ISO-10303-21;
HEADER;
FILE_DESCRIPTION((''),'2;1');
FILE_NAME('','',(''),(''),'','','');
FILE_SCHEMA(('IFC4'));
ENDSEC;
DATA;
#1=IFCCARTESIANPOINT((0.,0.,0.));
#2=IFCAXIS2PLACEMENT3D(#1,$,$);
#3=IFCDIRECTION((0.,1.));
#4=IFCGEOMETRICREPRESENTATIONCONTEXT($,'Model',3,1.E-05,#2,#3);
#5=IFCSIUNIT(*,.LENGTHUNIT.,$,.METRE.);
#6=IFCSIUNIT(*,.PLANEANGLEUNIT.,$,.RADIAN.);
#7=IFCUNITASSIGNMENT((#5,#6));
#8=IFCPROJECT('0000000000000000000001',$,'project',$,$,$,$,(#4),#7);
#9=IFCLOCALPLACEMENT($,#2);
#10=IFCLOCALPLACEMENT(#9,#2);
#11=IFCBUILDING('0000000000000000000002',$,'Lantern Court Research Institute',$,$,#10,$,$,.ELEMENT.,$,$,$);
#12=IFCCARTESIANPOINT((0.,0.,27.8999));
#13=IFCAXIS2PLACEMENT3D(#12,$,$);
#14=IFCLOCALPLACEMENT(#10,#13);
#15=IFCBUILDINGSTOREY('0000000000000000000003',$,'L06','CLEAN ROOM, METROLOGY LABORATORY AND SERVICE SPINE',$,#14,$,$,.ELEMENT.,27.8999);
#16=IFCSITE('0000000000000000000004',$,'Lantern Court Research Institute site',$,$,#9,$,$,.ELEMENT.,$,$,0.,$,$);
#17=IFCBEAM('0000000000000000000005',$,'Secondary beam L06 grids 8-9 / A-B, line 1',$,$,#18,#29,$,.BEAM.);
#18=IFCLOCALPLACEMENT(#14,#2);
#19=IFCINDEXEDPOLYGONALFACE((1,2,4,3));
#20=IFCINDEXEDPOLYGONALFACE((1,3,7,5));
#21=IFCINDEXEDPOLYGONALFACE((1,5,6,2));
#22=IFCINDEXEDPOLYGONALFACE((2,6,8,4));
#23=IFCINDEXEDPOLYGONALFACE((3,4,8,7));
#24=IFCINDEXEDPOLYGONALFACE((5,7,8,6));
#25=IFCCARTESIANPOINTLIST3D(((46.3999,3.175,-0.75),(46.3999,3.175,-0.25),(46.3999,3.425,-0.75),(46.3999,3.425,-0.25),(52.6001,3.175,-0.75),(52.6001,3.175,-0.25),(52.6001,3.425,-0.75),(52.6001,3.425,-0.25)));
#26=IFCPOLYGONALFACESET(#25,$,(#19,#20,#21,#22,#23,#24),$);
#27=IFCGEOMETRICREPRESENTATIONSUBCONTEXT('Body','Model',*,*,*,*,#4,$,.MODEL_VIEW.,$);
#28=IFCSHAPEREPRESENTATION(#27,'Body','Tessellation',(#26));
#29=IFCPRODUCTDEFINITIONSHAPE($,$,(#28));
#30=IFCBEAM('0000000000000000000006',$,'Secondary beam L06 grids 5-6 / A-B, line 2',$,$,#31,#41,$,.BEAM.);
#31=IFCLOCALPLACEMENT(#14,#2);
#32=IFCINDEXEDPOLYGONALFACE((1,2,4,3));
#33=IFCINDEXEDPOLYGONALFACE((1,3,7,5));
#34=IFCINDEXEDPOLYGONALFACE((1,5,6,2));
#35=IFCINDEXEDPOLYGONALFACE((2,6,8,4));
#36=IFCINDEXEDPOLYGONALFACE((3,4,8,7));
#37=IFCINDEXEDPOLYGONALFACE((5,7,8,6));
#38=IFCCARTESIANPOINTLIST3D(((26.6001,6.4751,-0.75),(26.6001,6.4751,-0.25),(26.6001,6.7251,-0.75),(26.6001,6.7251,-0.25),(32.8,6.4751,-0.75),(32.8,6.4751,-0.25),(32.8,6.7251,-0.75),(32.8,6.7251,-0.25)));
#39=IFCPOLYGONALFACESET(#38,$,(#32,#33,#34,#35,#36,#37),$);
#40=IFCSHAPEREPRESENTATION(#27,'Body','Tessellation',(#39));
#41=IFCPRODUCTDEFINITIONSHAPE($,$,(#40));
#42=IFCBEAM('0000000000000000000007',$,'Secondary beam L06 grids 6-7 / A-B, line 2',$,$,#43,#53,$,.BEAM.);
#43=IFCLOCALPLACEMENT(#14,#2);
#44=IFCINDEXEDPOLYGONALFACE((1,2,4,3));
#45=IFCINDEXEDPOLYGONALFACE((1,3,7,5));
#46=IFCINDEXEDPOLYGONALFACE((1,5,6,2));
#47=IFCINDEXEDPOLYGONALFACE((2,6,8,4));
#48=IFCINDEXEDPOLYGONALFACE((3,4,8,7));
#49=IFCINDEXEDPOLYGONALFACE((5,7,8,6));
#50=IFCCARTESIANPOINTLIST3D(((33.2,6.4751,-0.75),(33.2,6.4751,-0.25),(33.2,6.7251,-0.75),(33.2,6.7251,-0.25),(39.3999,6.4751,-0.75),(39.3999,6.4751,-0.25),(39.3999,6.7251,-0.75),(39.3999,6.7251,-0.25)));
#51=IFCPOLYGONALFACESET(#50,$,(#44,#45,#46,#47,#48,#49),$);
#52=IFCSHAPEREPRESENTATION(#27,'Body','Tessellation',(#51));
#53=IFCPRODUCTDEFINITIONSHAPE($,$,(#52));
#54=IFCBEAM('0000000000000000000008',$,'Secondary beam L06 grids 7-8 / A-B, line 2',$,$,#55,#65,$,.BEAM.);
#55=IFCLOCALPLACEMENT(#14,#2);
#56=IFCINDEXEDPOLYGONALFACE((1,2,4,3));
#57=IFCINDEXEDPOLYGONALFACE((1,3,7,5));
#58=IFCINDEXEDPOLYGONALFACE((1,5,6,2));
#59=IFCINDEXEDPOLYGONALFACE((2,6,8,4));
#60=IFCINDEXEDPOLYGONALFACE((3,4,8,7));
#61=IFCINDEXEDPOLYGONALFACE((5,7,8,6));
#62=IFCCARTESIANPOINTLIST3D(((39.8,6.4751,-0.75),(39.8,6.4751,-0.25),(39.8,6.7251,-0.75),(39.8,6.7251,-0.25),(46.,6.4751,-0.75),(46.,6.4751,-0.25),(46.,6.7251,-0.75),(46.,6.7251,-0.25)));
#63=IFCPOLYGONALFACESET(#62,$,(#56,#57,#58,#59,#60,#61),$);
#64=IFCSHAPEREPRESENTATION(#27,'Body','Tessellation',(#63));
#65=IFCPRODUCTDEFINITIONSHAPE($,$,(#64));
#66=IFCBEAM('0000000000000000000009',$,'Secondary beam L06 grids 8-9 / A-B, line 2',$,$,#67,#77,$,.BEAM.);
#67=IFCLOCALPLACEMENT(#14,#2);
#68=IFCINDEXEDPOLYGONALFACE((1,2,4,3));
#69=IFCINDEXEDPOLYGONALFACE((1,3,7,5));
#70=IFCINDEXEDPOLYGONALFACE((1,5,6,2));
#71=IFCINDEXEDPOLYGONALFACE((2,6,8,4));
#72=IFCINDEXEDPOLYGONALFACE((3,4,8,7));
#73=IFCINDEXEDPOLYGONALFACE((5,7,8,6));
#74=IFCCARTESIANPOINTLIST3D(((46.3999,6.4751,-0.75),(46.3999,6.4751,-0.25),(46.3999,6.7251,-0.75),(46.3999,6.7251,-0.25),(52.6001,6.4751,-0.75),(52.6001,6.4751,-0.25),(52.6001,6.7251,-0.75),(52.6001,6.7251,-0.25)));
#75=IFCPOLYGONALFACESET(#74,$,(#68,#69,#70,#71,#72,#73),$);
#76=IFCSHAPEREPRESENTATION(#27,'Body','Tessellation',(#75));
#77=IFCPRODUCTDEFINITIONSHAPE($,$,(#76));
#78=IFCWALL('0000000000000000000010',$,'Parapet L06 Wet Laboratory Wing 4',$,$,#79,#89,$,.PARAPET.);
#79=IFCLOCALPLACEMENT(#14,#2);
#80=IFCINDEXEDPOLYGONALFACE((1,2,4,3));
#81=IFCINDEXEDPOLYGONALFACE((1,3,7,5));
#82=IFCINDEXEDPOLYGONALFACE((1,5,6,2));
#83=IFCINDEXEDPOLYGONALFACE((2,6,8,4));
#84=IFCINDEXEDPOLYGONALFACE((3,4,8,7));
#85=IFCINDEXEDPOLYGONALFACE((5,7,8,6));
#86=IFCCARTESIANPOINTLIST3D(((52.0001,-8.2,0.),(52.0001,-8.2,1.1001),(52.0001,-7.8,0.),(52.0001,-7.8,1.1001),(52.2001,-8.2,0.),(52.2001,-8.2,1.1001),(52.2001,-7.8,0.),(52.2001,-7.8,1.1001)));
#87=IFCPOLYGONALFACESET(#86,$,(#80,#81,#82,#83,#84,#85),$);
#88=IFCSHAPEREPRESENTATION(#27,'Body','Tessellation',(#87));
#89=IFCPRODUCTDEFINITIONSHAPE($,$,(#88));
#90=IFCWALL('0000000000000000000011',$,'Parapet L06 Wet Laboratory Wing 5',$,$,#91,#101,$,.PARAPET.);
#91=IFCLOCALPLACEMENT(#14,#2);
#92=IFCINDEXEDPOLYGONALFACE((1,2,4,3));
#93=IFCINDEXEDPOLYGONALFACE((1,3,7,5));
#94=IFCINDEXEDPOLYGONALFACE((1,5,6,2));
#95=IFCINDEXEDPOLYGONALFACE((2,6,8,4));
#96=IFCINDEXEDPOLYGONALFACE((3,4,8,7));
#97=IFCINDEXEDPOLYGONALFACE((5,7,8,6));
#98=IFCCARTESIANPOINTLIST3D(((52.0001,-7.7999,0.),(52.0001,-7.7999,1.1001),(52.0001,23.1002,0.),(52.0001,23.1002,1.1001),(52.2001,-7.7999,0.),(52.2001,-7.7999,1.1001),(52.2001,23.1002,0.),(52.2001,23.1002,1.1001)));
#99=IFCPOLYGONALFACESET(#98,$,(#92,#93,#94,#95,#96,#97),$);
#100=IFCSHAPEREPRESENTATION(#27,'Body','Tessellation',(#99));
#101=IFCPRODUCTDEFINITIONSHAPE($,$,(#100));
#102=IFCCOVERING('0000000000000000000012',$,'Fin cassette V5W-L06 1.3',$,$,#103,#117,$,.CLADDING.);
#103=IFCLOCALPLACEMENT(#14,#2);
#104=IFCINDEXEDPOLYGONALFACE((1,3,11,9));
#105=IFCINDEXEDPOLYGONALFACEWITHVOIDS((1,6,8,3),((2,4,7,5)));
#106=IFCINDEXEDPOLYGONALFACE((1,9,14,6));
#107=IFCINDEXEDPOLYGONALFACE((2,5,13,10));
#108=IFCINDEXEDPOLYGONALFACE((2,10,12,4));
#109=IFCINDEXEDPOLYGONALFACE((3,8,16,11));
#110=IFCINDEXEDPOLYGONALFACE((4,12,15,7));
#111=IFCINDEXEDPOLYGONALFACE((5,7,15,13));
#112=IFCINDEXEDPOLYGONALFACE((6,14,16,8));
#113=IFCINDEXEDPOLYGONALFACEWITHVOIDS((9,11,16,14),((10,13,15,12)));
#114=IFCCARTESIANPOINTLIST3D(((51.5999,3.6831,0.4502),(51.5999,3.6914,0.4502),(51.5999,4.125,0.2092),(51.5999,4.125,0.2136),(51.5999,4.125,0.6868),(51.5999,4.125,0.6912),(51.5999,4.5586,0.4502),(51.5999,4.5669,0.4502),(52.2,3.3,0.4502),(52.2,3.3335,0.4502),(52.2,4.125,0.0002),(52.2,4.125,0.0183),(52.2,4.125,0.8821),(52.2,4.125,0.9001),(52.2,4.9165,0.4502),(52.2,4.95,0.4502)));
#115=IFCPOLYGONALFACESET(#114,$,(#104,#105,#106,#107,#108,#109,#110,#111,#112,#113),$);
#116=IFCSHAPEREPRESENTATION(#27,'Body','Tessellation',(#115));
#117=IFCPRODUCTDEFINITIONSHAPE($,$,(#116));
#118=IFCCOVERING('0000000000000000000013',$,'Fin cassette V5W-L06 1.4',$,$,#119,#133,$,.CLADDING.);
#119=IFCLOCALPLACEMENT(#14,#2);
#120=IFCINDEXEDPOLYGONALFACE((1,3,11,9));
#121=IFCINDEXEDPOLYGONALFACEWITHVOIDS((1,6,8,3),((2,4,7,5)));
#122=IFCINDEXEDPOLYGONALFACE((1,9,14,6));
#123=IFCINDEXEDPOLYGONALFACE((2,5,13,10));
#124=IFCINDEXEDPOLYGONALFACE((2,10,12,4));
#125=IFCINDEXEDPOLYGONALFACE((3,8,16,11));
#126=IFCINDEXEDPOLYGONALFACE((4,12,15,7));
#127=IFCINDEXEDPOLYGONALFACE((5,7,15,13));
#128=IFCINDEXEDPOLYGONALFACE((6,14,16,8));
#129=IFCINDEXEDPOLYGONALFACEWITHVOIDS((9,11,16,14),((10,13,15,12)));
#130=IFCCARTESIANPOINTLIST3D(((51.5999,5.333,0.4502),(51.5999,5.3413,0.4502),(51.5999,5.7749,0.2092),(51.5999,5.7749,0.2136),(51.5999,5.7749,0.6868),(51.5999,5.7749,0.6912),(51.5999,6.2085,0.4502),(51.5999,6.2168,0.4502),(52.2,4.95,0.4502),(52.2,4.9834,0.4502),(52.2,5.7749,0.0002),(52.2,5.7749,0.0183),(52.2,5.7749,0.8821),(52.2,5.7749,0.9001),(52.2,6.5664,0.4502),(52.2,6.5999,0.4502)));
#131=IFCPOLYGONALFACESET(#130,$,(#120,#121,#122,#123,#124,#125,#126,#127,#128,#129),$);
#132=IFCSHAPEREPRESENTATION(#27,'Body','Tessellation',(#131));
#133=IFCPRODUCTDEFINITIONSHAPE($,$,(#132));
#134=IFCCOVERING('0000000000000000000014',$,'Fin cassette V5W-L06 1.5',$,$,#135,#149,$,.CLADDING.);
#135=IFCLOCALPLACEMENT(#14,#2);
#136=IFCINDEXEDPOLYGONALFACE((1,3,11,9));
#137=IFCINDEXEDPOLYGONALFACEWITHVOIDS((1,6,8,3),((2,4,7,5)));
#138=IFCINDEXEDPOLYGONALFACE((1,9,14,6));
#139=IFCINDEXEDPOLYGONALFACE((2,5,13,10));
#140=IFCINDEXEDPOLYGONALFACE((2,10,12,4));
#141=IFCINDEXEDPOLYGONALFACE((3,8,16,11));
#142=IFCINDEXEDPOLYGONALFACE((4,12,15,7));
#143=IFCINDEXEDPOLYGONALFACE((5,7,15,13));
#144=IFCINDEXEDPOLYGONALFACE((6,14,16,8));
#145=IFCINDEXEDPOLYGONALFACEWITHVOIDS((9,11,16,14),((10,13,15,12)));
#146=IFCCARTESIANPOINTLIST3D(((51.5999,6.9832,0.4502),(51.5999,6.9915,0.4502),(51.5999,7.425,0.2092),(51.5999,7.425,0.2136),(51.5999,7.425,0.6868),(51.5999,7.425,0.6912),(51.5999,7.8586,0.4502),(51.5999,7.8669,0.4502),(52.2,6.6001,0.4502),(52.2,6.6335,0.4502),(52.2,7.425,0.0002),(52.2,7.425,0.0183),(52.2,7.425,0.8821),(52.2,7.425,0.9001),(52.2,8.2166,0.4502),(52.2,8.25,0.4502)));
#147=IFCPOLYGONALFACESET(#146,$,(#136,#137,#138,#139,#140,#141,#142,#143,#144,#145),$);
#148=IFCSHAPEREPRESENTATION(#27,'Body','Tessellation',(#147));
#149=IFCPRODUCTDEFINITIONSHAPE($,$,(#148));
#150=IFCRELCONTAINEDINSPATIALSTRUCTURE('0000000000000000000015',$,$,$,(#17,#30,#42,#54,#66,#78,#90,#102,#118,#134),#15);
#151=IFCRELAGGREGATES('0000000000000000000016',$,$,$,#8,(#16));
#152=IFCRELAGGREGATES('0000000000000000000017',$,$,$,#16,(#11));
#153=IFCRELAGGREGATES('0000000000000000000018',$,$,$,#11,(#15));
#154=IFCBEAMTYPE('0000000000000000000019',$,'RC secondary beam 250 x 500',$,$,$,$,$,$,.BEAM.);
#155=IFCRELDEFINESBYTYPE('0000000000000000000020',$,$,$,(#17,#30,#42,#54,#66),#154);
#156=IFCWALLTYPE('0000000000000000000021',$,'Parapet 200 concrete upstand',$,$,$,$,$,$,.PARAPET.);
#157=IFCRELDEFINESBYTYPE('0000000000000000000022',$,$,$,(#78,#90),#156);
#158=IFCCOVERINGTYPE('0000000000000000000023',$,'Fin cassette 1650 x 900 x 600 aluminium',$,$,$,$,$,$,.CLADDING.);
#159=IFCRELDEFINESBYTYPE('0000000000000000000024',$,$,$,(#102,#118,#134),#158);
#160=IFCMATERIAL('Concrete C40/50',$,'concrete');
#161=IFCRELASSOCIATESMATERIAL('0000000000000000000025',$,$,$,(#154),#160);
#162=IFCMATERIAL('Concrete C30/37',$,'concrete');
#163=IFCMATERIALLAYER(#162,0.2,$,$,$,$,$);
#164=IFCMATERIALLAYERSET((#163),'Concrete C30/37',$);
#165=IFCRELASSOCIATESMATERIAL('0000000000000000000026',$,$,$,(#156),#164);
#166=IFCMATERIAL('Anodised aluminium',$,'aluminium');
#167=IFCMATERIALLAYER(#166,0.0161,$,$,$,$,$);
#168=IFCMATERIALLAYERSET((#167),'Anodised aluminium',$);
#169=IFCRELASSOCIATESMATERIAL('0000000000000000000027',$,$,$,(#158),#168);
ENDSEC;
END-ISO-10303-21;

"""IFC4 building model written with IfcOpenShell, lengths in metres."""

from ifc_helpers import new_model, entity, si_unit, direction, frame, frame_2d, origin, origin_2d, place, context, subcontext, project, spatial, rectangle, extrude, material, layer, layer_set, material_profile, profile_set, type_object, element, save


model = new_model("IFC4")

# Units and contexts
model_context = context("Model", 3, precision=1e-05, world=origin(), true_north=direction((0.0, 1.0)))
body_context = subcontext(model_context, "Body", "Model", "MODEL_VIEW")
ifc_project = project(units=[si_unit("LENGTHUNIT", "METRE"), si_unit("PLANEANGLEUNIT", "RADIAN")], contexts=[model_context])

# Site, building, storey
site_placement = place(None, origin())
site = spatial("IfcSite", under=ifc_project, at=site_placement, Name="Lantern Court Research Institute site", CompositionType="ELEMENT", RefElevation=0.0)
building_placement = place(site_placement, origin())
building = spatial("IfcBuilding", under=site, at=building_placement, Name="Lantern Court Research Institute", CompositionType="ELEMENT")
storey_placement = place(building_placement, frame((0.0, 0.0, 27.8999)))
storey = spatial("IfcBuildingStorey", under=building, at=storey_placement, Name="L06", Description="CLEAN ROOM, METROLOGY LABORATORY AND SERVICE SPINE", CompositionType="ELEMENT", Elevation=27.8999)

# Beams
ifc_material_1 = material(Name="Concrete C40/50", Category="concrete")
ifc_material_profile = material_profile(ifc_material_1, rectangle(XDim=0.25, YDim=0.5, at=origin_2d()), Name="RC beam 250 x 500")
ifc_profile_set = profile_set([ifc_material_profile], Name="Concrete C40/50")
beam_type = type_object("IfcBeamType", Name="RC secondary beam 250 x 500", PredefinedType="BEAM", material=ifc_profile_set)
beam_1_placement = place(storey_placement, frame((46.3999, 3.3, -0.5), z_axis=(1.0, 0.0, 0.0), x_axis=(0.0, 1.0, 0.0)))
element("IfcBeam", 1, at=beam_1_placement, inside=storey, type_object=beam_type, Name="Secondary beam L06 grids 8-9 / A-B, line 1", PredefinedType="BEAM", context=body_context, shape_type="SweptSolid", body=[
    extrude(rectangle(XDim=0.25, YDim=0.5, at=origin_2d()), origin(), (0.0, 0.0, 1.0), 6.2002),
])
for number, where, z_axis, x_axis, name in (
    (2, (26.6001, 6.6001, -0.5), (1.0, 0.0, 0.0), (0.0, 1.0, 0.0), "Secondary beam L06 grids 5-6 / A-B, line 2"),
    (3, (33.2, 6.6001, -0.5), (1.0, 0.0, 0.0), (0.0, 1.0, 0.0), "Secondary beam L06 grids 6-7 / A-B, line 2"),
    (4, (39.8, 6.6001, -0.5), (1.0, 0.0, 0.0), (0.0, 1.0, 0.0), "Secondary beam L06 grids 7-8 / A-B, line 2"),
):
    element("IfcBeam", number, at=place(storey_placement, frame(where, z_axis=z_axis, x_axis=x_axis)), inside=storey, type_object=beam_type, Name=name, PredefinedType="BEAM", context=body_context, shape_type="SweptSolid", body=[
        extrude(rectangle(XDim=0.25, YDim=0.5, at=origin_2d()), origin(), (0.0, 0.0, 1.0), 6.2),
    ])
beam_2_placement = place(storey_placement, frame((46.3999, 6.6001, -0.5), z_axis=(1.0, 0.0, 0.0), x_axis=(0.0, 1.0, 0.0)))
element("IfcBeam", 5, at=beam_2_placement, inside=storey, type_object=beam_type, Name="Secondary beam L06 grids 8-9 / A-B, line 2", PredefinedType="BEAM", context=body_context, shape_type="SweptSolid", body=[
    extrude(rectangle(XDim=0.25, YDim=0.5, at=origin_2d()), origin(), (0.0, 0.0, 1.0), 6.2002),
])

# Walls
ifc_material_2 = material(Name="Concrete C30/37", Category="concrete")
ifc_layer_1 = layer(ifc_material_2, 0.2)
ifc_layer_set_1 = layer_set([ifc_layer_1], Name="Concrete C30/37")
wall_type = type_object("IfcWallType", Name="Parapet 200 concrete upstand", PredefinedType="PARAPET", material=ifc_layer_set_1)
wall_1_placement = place(storey_placement, frame((52.1001, -8.2, 0.0), z_axis=(0.0, 0.0, 1.0), x_axis=(0.0, 1.0, 0.0)))
element("IfcWall", 6, at=wall_1_placement, inside=storey, type_object=wall_type, Name="Parapet L06 Wet Laboratory Wing 4", PredefinedType="PARAPET", context=body_context, shape_type="SweptSolid", body=[
    extrude(rectangle(XDim=0.3999, YDim=0.2, at=frame_2d((0.2, 0.0))), origin(), (0.0, 0.0, 1.0), 1.1001),
])
wall_2_placement = place(storey_placement, frame((52.1001, -7.8, 0.0), z_axis=(0.0, 0.0, 1.0), x_axis=(0.0, 1.0, 0.0)))
element("IfcWall", 7, at=wall_2_placement, inside=storey, type_object=wall_type, Name="Parapet L06 Wet Laboratory Wing 5", PredefinedType="PARAPET", context=body_context, shape_type="SweptSolid", body=[
    extrude(rectangle(XDim=30.9001, YDim=0.2, at=frame_2d((15.4502, 0.0))), origin(), (0.0, 0.0, 1.0), 1.1001),
])

# Coverings
ifc_material_3 = material(Name="Anodised aluminium", Category="aluminium")
ifc_layer_2 = layer(ifc_material_3, 0.0161)
ifc_layer_set_2 = layer_set([ifc_layer_2], Name="Anodised aluminium")
covering_type_1 = type_object("IfcCoveringType", Name="Fin cassette 1650 x 900 x 600 aluminium", PredefinedType="CLADDING", material=ifc_layer_set_2)
covering_1_placement = place(storey_placement, frame((52.2, 4.125, 0.4502), z_axis=(-1.0, 0.0, 0.0), x_axis=(0.0, -1.0, 0.0)))
cartesian_point_1 = entity("IfcCartesianPoint", [0.825, 0.0])
cartesian_point_2 = entity("IfcCartesianPoint", [0.7915, 0.0])
cartesian_point_3 = entity("IfcCartesianPoint", [0.4419, 0.0])
cartesian_point_4 = entity("IfcCartesianPoint", [0.4336, 0.0])
element("IfcCovering", 8, at=covering_1_placement, inside=storey, type_object=covering_type_1, Name="Fin cassette V5W-L06 1.3", PredefinedType="CLADDING", context=body_context, shape_type="SweptSolid", body=[
    entity("IfcExtrudedAreaSolidTapered", entity("IfcArbitraryProfileDefWithVoids", "AREA", None, entity("IfcPolyline", [cartesian_point_1, entity("IfcCartesianPoint", [0.0, 0.45]), entity("IfcCartesianPoint", [-0.825, 0.0]), entity("IfcCartesianPoint", [0.0, -0.45]), cartesian_point_1]), [entity("IfcPolyline", [cartesian_point_2, entity("IfcCartesianPoint", [0.0, 0.4319]), entity("IfcCartesianPoint", [-0.7915, 0.0]), entity("IfcCartesianPoint", [0.0, -0.4319]), cartesian_point_2])]), entity("IfcAxis2Placement3D", entity("IfcCartesianPoint", [0.0, 0.0, 0.0])), entity("IfcDirection", [0.0, 0.0, 1.0]), 0.6001, entity("IfcArbitraryProfileDefWithVoids", "AREA", None, entity("IfcPolyline", [cartesian_point_3, entity("IfcCartesianPoint", [0.0, 0.241]), entity("IfcCartesianPoint", [-0.4419, 0.0]), entity("IfcCartesianPoint", [0.0, -0.241]), cartesian_point_3]), [entity("IfcPolyline", [cartesian_point_4, entity("IfcCartesianPoint", [0.0, 0.2366]), entity("IfcCartesianPoint", [-0.4336, 0.0]), entity("IfcCartesianPoint", [0.0, -0.2366]), cartesian_point_4])])),
])
covering_2_placement = place(storey_placement, frame((52.2, 5.7749, 0.4502), z_axis=(-1.0, 0.0, 0.0), x_axis=(0.0, -1.0, 0.0)))
cartesian_point_5 = entity("IfcCartesianPoint", [0.825, 0.0])
cartesian_point_6 = entity("IfcCartesianPoint", [0.7915, 0.0])
cartesian_point_7 = entity("IfcCartesianPoint", [0.4419, 0.0])
cartesian_point_8 = entity("IfcCartesianPoint", [0.4336, 0.0])
element("IfcCovering", 9, at=covering_2_placement, inside=storey, type_object=covering_type_1, Name="Fin cassette V5W-L06 1.4", PredefinedType="CLADDING", context=body_context, shape_type="SweptSolid", body=[
    entity("IfcExtrudedAreaSolidTapered", entity("IfcArbitraryProfileDefWithVoids", "AREA", None, entity("IfcPolyline", [cartesian_point_5, entity("IfcCartesianPoint", [0.0, 0.45]), entity("IfcCartesianPoint", [-0.825, 0.0]), entity("IfcCartesianPoint", [0.0, -0.45]), cartesian_point_5]), [entity("IfcPolyline", [cartesian_point_6, entity("IfcCartesianPoint", [0.0, 0.4319]), entity("IfcCartesianPoint", [-0.7915, 0.0]), entity("IfcCartesianPoint", [0.0, -0.4319]), cartesian_point_6])]), entity("IfcAxis2Placement3D", entity("IfcCartesianPoint", [0.0, 0.0, 0.0])), entity("IfcDirection", [0.0, 0.0, 1.0]), 0.6001, entity("IfcArbitraryProfileDefWithVoids", "AREA", None, entity("IfcPolyline", [cartesian_point_7, entity("IfcCartesianPoint", [0.0, 0.241]), entity("IfcCartesianPoint", [-0.4419, 0.0]), entity("IfcCartesianPoint", [0.0, -0.241]), cartesian_point_7]), [entity("IfcPolyline", [cartesian_point_8, entity("IfcCartesianPoint", [0.0, 0.2366]), entity("IfcCartesianPoint", [-0.4336, 0.0]), entity("IfcCartesianPoint", [0.0, -0.2366]), cartesian_point_8])])),
])
covering_3_placement = place(storey_placement, frame((52.2, 7.425, 0.4502), z_axis=(-1.0, 0.0, 0.0), x_axis=(0.0, -1.0, 0.0)))
cartesian_point_9 = entity("IfcCartesianPoint", [0.825, 0.0])
cartesian_point_10 = entity("IfcCartesianPoint", [0.7915, 0.0])
cartesian_point_11 = entity("IfcCartesianPoint", [0.4419, 0.0])
cartesian_point_12 = entity("IfcCartesianPoint", [0.4336, 0.0])
element("IfcCovering", 10, at=covering_3_placement, inside=storey, type_object=covering_type_1, Name="Fin cassette V5W-L06 1.5", PredefinedType="CLADDING", context=body_context, shape_type="SweptSolid", body=[
    entity("IfcExtrudedAreaSolidTapered", entity("IfcArbitraryProfileDefWithVoids", "AREA", None, entity("IfcPolyline", [cartesian_point_9, entity("IfcCartesianPoint", [0.0, 0.45]), entity("IfcCartesianPoint", [-0.825, 0.0]), entity("IfcCartesianPoint", [0.0, -0.45]), cartesian_point_9]), [entity("IfcPolyline", [cartesian_point_10, entity("IfcCartesianPoint", [0.0, 0.4319]), entity("IfcCartesianPoint", [-0.7915, 0.0]), entity("IfcCartesianPoint", [0.0, -0.4319]), cartesian_point_10])]), entity("IfcAxis2Placement3D", entity("IfcCartesianPoint", [0.0, 0.0, 0.0])), entity("IfcDirection", [0.0, 0.0, 1.0]), 0.6001, entity("IfcArbitraryProfileDefWithVoids", "AREA", None, entity("IfcPolyline", [cartesian_point_11, entity("IfcCartesianPoint", [0.0, 0.241]), entity("IfcCartesianPoint", [-0.4419, 0.0]), entity("IfcCartesianPoint", [0.0, -0.241]), cartesian_point_11]), [entity("IfcPolyline", [cartesian_point_12, entity("IfcCartesianPoint", [0.0, 0.2366]), entity("IfcCartesianPoint", [-0.4336, 0.0]), entity("IfcCartesianPoint", [0.0, -0.2366]), cartesian_point_12])])),
])

save(model, "model.ifc")
